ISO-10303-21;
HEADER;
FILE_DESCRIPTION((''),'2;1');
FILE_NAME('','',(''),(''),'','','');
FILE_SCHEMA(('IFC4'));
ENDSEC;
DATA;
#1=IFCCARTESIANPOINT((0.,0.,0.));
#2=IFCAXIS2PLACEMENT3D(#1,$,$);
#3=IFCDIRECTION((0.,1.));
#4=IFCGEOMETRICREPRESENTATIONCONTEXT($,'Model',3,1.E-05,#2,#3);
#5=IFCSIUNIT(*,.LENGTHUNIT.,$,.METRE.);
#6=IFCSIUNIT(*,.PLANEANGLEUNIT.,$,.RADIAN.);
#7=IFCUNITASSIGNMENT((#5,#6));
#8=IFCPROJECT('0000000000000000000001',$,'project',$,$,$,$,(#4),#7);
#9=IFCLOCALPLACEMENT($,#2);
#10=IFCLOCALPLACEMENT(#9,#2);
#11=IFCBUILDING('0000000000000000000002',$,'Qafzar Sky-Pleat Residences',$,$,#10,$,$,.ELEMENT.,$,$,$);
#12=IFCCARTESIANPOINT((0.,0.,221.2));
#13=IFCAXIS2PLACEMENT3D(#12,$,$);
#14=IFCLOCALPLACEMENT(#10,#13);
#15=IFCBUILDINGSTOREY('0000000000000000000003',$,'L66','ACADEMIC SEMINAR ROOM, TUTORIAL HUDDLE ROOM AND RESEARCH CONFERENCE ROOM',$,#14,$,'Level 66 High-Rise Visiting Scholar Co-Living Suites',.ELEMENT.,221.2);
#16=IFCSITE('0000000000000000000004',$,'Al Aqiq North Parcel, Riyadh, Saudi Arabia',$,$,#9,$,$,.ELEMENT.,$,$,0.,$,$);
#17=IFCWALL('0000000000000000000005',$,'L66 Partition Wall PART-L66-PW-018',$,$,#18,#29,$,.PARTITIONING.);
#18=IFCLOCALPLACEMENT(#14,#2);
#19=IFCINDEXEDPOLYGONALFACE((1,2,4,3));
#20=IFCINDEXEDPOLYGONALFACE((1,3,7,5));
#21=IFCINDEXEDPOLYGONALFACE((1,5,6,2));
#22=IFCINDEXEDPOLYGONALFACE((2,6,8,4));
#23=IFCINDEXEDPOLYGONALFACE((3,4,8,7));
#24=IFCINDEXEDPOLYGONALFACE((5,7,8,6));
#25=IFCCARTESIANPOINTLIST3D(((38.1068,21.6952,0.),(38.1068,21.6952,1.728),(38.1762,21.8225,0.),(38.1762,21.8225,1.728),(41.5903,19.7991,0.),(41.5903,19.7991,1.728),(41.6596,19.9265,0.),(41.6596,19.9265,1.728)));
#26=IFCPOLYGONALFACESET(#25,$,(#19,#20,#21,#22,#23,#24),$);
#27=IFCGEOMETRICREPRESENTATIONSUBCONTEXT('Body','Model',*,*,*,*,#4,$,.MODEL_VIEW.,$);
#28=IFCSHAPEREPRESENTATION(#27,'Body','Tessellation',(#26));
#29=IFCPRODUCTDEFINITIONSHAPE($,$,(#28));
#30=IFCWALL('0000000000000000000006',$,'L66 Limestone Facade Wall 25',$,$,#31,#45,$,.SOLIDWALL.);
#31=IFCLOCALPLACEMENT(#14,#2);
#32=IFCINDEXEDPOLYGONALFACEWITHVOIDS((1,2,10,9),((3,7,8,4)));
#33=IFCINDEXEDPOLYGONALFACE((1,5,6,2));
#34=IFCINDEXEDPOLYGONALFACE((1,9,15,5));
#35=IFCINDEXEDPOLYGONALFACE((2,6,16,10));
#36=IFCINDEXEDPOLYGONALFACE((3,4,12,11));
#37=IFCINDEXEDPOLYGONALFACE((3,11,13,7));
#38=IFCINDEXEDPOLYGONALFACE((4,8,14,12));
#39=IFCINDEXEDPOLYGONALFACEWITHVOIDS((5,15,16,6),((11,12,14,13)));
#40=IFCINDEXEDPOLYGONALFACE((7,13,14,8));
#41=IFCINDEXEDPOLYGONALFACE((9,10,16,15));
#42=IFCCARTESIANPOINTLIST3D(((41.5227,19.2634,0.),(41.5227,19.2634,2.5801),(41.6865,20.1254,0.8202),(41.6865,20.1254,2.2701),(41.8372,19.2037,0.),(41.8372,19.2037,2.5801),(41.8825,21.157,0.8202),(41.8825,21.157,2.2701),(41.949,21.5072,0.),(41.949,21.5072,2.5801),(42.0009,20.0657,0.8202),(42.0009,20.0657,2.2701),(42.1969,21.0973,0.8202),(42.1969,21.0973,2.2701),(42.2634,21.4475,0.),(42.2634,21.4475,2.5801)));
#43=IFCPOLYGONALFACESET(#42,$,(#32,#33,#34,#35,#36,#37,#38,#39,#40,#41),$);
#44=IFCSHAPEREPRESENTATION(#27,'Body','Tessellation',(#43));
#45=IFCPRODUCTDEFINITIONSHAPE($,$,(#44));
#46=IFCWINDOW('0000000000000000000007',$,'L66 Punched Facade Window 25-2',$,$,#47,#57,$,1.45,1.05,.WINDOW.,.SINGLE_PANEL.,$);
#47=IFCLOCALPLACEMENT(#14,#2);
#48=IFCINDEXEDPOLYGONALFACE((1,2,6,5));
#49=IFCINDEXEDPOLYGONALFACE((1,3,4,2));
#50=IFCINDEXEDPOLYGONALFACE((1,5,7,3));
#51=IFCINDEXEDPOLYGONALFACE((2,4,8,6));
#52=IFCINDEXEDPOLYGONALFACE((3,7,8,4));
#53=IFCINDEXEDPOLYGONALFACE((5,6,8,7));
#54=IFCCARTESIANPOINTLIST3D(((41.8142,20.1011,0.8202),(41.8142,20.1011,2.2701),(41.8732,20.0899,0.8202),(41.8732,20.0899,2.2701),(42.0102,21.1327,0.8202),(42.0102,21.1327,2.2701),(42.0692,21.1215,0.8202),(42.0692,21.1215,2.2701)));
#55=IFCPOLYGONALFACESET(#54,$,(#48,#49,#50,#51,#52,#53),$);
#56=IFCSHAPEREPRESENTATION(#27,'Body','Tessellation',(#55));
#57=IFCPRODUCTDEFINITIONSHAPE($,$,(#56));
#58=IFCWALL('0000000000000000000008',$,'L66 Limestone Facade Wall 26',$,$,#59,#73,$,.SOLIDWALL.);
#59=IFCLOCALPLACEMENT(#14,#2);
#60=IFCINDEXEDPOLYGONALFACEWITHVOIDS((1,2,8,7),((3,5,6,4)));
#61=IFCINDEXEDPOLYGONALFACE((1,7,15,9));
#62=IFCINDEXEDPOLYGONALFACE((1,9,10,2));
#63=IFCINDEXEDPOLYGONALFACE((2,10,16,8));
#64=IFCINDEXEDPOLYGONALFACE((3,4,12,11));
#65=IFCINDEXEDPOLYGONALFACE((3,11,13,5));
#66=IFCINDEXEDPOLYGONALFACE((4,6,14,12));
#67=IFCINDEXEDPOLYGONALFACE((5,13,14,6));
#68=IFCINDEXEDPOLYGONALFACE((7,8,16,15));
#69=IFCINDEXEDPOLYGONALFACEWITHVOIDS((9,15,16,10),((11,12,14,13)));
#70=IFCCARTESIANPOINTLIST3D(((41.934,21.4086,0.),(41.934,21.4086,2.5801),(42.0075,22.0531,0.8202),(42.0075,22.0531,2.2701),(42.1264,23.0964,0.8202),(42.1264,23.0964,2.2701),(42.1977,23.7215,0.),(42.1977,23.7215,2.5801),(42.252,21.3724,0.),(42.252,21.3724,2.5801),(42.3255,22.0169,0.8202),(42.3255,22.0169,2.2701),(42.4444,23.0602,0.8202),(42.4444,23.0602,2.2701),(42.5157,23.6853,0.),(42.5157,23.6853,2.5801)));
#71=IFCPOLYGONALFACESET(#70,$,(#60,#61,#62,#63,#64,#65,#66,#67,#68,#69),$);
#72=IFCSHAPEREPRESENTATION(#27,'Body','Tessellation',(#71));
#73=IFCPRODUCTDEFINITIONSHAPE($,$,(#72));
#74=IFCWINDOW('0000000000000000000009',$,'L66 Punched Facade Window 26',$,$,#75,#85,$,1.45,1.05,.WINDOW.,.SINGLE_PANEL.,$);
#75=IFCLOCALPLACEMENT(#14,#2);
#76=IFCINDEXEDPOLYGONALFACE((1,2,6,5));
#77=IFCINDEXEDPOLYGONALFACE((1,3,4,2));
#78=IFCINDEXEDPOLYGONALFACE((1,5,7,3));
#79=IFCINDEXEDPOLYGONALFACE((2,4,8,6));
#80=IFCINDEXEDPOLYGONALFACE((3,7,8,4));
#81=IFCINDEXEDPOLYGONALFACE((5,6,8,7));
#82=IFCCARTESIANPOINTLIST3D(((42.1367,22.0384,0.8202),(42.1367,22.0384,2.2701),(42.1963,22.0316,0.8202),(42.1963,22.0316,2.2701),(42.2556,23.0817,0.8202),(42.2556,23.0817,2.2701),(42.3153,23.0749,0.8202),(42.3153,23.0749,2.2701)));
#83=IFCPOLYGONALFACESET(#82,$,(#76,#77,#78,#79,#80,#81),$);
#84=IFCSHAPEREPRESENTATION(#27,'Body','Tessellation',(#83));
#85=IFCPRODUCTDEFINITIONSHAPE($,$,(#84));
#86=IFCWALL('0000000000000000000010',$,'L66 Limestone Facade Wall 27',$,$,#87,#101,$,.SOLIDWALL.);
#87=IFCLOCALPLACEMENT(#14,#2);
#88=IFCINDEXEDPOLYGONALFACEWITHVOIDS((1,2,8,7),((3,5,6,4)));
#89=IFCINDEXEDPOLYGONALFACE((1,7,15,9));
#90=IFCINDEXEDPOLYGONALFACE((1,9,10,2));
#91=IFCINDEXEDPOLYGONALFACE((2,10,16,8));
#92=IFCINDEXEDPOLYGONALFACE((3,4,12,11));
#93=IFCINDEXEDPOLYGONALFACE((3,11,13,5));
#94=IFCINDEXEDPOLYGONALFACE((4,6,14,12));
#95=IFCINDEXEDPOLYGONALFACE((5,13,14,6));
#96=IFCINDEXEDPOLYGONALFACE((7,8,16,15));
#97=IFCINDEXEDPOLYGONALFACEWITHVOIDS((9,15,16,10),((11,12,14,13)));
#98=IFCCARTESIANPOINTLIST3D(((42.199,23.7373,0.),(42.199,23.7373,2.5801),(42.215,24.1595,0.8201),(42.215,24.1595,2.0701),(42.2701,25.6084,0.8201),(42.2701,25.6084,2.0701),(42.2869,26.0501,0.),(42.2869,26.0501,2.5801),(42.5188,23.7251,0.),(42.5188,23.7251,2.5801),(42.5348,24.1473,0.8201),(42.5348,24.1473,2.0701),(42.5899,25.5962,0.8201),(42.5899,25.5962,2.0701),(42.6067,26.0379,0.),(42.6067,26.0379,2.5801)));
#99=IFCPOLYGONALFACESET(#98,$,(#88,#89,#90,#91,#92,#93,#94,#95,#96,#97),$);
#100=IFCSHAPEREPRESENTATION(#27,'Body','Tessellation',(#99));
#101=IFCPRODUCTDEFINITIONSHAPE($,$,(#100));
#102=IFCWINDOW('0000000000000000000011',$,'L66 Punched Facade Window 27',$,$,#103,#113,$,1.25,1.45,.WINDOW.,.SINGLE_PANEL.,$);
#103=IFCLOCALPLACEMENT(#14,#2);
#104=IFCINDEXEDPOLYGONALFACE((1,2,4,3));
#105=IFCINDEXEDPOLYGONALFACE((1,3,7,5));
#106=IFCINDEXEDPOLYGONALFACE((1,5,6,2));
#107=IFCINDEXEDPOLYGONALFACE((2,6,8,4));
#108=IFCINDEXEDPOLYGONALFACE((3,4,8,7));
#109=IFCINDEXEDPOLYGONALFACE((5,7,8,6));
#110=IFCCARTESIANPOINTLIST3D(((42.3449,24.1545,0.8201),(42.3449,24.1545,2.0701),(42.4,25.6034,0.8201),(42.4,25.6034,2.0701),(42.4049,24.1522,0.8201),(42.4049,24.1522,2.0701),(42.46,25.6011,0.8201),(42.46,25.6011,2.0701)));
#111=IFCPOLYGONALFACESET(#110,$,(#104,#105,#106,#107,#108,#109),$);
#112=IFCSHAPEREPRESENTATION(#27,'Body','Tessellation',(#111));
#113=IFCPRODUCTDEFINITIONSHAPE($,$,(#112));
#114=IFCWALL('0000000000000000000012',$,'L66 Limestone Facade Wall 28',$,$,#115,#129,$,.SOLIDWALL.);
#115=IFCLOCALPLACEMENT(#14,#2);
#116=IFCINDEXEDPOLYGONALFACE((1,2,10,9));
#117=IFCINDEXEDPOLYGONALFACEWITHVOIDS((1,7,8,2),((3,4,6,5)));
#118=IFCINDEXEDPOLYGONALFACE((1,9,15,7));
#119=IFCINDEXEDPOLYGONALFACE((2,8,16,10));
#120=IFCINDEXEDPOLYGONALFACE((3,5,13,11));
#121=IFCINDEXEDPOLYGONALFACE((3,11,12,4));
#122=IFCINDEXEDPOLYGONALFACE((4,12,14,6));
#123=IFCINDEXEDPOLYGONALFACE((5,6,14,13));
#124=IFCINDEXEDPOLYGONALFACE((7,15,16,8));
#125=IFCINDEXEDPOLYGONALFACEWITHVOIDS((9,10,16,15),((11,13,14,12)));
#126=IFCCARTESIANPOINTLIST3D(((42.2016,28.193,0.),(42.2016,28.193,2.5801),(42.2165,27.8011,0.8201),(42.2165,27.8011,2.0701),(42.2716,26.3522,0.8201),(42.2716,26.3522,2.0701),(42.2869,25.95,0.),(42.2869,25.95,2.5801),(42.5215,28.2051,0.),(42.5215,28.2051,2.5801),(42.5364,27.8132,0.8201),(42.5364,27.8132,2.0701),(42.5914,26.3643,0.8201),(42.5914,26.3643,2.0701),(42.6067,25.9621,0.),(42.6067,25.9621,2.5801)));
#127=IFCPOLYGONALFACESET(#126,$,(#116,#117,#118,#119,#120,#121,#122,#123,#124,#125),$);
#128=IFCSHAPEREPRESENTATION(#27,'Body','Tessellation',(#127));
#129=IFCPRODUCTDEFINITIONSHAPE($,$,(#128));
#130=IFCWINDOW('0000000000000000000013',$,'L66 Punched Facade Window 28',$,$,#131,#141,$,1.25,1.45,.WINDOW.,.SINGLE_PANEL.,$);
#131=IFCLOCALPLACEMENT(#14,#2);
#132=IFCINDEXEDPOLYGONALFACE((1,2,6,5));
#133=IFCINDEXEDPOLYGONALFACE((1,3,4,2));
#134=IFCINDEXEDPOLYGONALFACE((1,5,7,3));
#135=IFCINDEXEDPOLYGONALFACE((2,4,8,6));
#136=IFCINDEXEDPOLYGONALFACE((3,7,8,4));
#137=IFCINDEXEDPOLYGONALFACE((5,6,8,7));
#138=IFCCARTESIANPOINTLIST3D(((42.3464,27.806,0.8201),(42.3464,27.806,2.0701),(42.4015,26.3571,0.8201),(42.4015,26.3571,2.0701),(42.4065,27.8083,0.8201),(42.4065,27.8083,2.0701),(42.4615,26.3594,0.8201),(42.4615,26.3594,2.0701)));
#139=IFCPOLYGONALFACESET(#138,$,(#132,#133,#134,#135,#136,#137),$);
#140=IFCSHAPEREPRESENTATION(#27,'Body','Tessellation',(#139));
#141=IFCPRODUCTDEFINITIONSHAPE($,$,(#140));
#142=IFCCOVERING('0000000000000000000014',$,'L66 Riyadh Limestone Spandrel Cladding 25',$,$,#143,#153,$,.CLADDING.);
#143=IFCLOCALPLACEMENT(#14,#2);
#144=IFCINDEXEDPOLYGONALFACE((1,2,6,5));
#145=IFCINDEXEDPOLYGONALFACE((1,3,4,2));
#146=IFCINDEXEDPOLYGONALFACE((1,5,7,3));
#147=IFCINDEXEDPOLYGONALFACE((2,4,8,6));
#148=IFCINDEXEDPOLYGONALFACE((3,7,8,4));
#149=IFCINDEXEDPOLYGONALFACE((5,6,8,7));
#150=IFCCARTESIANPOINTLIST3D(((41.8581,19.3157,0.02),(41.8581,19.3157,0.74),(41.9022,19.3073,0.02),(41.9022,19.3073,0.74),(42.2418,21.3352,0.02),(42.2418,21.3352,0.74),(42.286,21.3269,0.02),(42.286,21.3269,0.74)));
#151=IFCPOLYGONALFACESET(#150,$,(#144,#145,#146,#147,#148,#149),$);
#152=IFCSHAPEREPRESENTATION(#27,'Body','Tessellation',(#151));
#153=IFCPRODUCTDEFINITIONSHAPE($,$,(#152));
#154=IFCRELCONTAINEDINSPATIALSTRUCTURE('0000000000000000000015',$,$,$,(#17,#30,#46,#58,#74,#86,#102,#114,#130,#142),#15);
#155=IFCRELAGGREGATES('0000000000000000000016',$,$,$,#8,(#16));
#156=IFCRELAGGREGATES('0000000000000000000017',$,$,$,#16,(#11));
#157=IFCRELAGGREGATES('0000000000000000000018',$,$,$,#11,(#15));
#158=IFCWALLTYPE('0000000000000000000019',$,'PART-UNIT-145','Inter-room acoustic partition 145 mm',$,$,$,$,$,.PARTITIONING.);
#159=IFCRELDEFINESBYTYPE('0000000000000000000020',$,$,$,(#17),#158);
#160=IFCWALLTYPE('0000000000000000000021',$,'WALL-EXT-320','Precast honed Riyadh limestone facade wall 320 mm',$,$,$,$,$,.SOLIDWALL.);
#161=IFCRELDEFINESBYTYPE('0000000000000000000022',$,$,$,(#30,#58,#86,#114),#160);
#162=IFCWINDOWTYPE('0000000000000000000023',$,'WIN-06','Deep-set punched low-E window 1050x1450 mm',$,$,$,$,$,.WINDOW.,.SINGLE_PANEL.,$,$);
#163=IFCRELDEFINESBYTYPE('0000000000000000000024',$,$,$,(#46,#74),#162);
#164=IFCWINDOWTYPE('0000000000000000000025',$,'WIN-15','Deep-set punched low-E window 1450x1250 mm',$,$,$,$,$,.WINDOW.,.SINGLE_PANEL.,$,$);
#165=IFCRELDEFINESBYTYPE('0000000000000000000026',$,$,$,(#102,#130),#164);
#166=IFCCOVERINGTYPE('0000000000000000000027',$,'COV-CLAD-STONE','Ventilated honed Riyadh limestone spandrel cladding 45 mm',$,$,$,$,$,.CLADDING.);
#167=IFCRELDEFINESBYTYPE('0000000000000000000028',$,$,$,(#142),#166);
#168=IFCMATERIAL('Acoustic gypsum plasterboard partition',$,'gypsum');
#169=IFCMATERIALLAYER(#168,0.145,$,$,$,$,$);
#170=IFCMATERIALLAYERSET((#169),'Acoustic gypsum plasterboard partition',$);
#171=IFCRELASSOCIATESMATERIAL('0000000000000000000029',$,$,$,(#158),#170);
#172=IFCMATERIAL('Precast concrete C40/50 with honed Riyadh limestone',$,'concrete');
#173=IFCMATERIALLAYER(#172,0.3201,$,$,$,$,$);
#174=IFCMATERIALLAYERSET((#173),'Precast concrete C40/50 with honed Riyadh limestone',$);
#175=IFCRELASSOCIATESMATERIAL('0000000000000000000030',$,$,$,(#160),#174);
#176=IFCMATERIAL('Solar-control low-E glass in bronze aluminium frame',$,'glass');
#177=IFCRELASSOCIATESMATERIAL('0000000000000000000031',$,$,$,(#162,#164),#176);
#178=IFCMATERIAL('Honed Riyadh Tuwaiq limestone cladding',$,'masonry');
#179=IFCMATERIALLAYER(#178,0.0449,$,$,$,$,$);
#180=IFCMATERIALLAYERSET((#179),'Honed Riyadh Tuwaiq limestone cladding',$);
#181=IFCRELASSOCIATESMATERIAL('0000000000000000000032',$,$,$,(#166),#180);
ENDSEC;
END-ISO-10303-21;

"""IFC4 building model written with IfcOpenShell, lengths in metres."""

from ifc_helpers import new_model, si_unit, direction, frame, frame_2d, origin, origin_2d, place, context, subcontext, project, spatial, rectangle, extrude, source, transform, mapped, material, layer, layer_set, type_object, element, fill, save


model = new_model("IFC4")

# Units and contexts
model_context = context("Model", 3, precision=1e-05, world=origin(), true_north=direction((0.0, 1.0)))
body_context = subcontext(model_context, "Body", "Model", "MODEL_VIEW")
ifc_project = project(units=[si_unit("LENGTHUNIT", "METRE"), si_unit("PLANEANGLEUNIT", "RADIAN")], contexts=[model_context])

# Site, building, storey
site_placement = place(None, origin())
site = spatial("IfcSite", under=ifc_project, at=site_placement, Name="Al Aqiq North Parcel, Riyadh, Saudi Arabia", CompositionType="ELEMENT", RefElevation=0.0)
building_placement = place(site_placement, origin())
building = spatial("IfcBuilding", under=site, at=building_placement, Name="Qafzar Sky-Pleat Residences", CompositionType="ELEMENT")
storey_placement = place(building_placement, frame((0.0, 0.0, 221.2)))
storey = spatial("IfcBuildingStorey", under=building, at=storey_placement, Name="L66", Description="ACADEMIC SEMINAR ROOM, TUTORIAL HUDDLE ROOM AND RESEARCH CONFERENCE ROOM", LongName="Level 66 High-Rise Visiting Scholar Co-Living Suites", CompositionType="ELEMENT", Elevation=221.2)

# Shared definitions
ifc_material_1 = material(Name="Acoustic gypsum plasterboard partition", Category="gypsum")

# Wall
ifc_layer_1 = layer(ifc_material_1, 0.145)
ifc_layer_set_1 = layer_set([ifc_layer_1], Name="Acoustic gypsum plasterboard partition")
wall_type_1 = type_object("IfcWallType", Name="PART-UNIT-145", Description="Inter-room acoustic partition 145 mm", PredefinedType="PARTITIONING", material=ifc_layer_set_1)
wall_1_placement = place(storey_placement, frame((38.1416, 21.7588, 0.0), z_axis=(0.0, 0.0, 1.0), x_axis=(0.878323, -0.478067, 0.0)))
element("IfcWall", 1, at=wall_1_placement, inside=storey, type_object=wall_type_1, Name="L66 Partition Wall PART-L66-PW-018", PredefinedType="PARTITIONING", context=body_context, shape_type="SweptSolid", body=[
    extrude(rectangle(XDim=3.9661, YDim=0.145, at=frame_2d((1.9829, 0.0))), origin(), (0.0, 0.0, 1.0), 1.728),
])

# Walls, openings, windows
ifc_material_2 = material(Name="Precast concrete C40/50 with honed Riyadh limestone", Category="concrete")
ifc_layer_2 = layer(ifc_material_2, 0.3201)
ifc_layer_set_2 = layer_set([ifc_layer_2], Name="Precast concrete C40/50 with honed Riyadh limestone")
wall_type_2 = type_object("IfcWallType", Name="WALL-EXT-320", Description="Precast honed Riyadh limestone facade wall 320 mm", PredefinedType="SOLIDWALL", material=ifc_layer_set_2)
wall_2_placement = place(storey_placement, frame((41.6799, 19.2334, 0.0), z_axis=(0.0, 0.0, 1.0), x_axis=(0.186631, 0.98243, 0.0)))
wall_2 = element("IfcWall", 2, at=wall_2_placement, inside=storey, type_object=wall_type_2, Name="L66 Limestone Facade Wall 25", PredefinedType="SOLIDWALL", context=body_context, shape_type="SweptSolid", body=[
    extrude(rectangle(XDim=2.2839, YDim=0.3201, at=frame_2d((1.1421, 0.0))), origin(), (0.0, 0.0, 1.0), 2.5801),
])
opening_1_placement = place(wall_2_placement, frame((0.8777, 0.0, 0.8201)))
opening_1 = element("IfcOpeningElement", 3, at=opening_1_placement, cuts=wall_2, PredefinedType="OPENING", context=body_context, shape_type="SweptSolid", body=[
    extrude(rectangle(XDim=1.05, YDim=1.45, at=frame_2d((0.5249, 0.7251))), frame((0.0, 0.1699, 0.0), z_axis=(0.0, -1.0, 0.0), x_axis=(1.0, 0.0, 0.0)), (0.0, 0.0, 1.0), 0.3401),
])
ifc_material_3 = material(Name="Solar-control low-E glass in bronze aluminium frame", Category="glass")
window_type_1 = type_object("IfcWindowType", Name="WIN-06", Description="Deep-set punched low-E window 1050x1450 mm", PartitioningType="SINGLE_PANEL", PredefinedType="WINDOW", material=ifc_material_3)
shared_shape_1 = source(origin(), body_context, "Body", "SweptSolid", [
    extrude(rectangle(XDim=1.05, YDim=1.45, at=frame_2d((0.5249, 0.7251))), frame((0.0, 0.03, 0.0), z_axis=(0.0, -1.0, 0.0), x_axis=(1.0, 0.0, 0.0)), (0.0, 0.0, 1.0), 0.0601),
])
window_1_placement = place(opening_1_placement, origin())
window_1 = element("IfcWindow", 4, at=window_1_placement, inside=storey, type_object=window_type_1, Name="L66 Punched Facade Window 25-2", OverallHeight=1.45, OverallWidth=1.05, PartitioningType="SINGLE_PANEL", PredefinedType="WINDOW", context=body_context, shape_type="MappedRepresentation", body=[
    mapped(shared_shape_1, transform((0.0, 0.0, 0.0), x_axis=(1.0, 0.0, 0.0), y_axis=(0.0, 1.0, 0.0), z_axis=(0.0, 0.0, 1.0), scale=1.0)),
])
fill(opening_1, window_1)
wall_3_placement = place(storey_placement, frame((42.093, 21.3904, 0.0), z_axis=(0.0, 0.0, 1.0), x_axis=(0.113263, 0.993565, 0.0)))
wall_3 = element("IfcWall", 5, at=wall_3_placement, inside=storey, type_object=wall_type_2, Name="L66 Limestone Facade Wall 26", PredefinedType="SOLIDWALL", context=body_context, shape_type="SweptSolid", body=[
    extrude(rectangle(XDim=2.3279, YDim=0.3201, at=frame_2d((1.1641, 0.0))), origin(), (0.0, 0.0, 1.0), 2.5801),
])
opening_2_placement = place(wall_3_placement, frame((0.6489, 0.0, 0.8201)))
opening_2 = element("IfcOpeningElement", 6, at=opening_2_placement, cuts=wall_3, PredefinedType="OPENING", context=body_context, shape_type="SweptSolid", body=[
    extrude(rectangle(XDim=1.05, YDim=1.45, at=frame_2d((0.5249, 0.7251))), frame((0.0, 0.1699, 0.0), z_axis=(0.0, -1.0, 0.0), x_axis=(1.0, 0.0, 0.0)), (0.0, 0.0, 1.0), 0.3401),
])
window_2_placement = place(opening_2_placement, origin())
window_2 = element("IfcWindow", 7, at=window_2_placement, inside=storey, type_object=window_type_1, Name="L66 Punched Facade Window 26", OverallHeight=1.45, OverallWidth=1.05, PartitioningType="SINGLE_PANEL", PredefinedType="WINDOW", context=body_context, shape_type="MappedRepresentation", body=[
    mapped(shared_shape_1, transform((0.0, 0.0, 0.0), x_axis=(1.0, 0.0, 0.0), y_axis=(0.0, 1.0, 0.0), z_axis=(0.0, 0.0, 1.0), scale=1.0)),
])
fill(opening_2, window_2)
wall_4_placement = place(storey_placement, frame((42.3589, 23.7312, 0.0), z_axis=(0.0, 0.0, 1.0), x_axis=(0.037975, 0.999279, 0.0)))
wall_4 = element("IfcWall", 8, at=wall_4_placement, inside=storey, type_object=wall_type_2, Name="L66 Limestone Facade Wall 27", PredefinedType="SOLIDWALL", context=body_context, shape_type="SweptSolid", body=[
    extrude(rectangle(XDim=2.3145, YDim=0.3201, at=frame_2d((1.1572, 0.0))), origin(), (0.0, 0.0, 1.0), 2.5801),
])
opening_3_placement = place(wall_4_placement, frame((0.4224, 0.0, 0.8201)))
opening_3 = element("IfcOpeningElement", 9, at=opening_3_placement, cuts=wall_4, PredefinedType="OPENING", context=body_context, shape_type="SweptSolid", body=[
    extrude(rectangle(XDim=1.45, YDim=1.25, at=frame_2d((0.7251, 0.625))), frame((0.0, 0.1699, 0.0), z_axis=(0.0, -1.0, 0.0), x_axis=(1.0, 0.0, 0.0)), (0.0, 0.0, 1.0), 0.3401),
])
window_type_2 = type_object("IfcWindowType", Name="WIN-15", Description="Deep-set punched low-E window 1450x1250 mm", PartitioningType="SINGLE_PANEL", PredefinedType="WINDOW", material=ifc_material_3)
shared_shape_2 = source(origin(), body_context, "Body", "SweptSolid", [
    extrude(rectangle(XDim=1.45, YDim=1.25, at=frame_2d((0.7251, 0.625))), frame((0.0, 0.03, 0.0), z_axis=(0.0, -1.0, 0.0), x_axis=(1.0, 0.0, 0.0)), (0.0, 0.0, 1.0), 0.0601),
])
window_3_placement = place(opening_3_placement, origin())
window_3 = element("IfcWindow", 10, at=window_3_placement, inside=storey, type_object=window_type_2, Name="L66 Punched Facade Window 27", OverallHeight=1.25, OverallWidth=1.45, PartitioningType="SINGLE_PANEL", PredefinedType="WINDOW", context=body_context, shape_type="MappedRepresentation", body=[
    mapped(shared_shape_2, transform((0.0, 0.0, 0.0), x_axis=(1.0, 0.0, 0.0), y_axis=(0.0, 1.0, 0.0), z_axis=(0.0, 0.0, 1.0), scale=1.0)),
])
fill(opening_3, window_3)
wall_5_placement = place(storey_placement, frame((42.4468, 25.9561, 0.0), z_axis=(0.0, 0.0, 1.0), x_axis=(-0.037961, 0.999279, 0.0)))
wall_5 = element("IfcWall", 11, at=wall_5_placement, inside=storey, type_object=wall_type_2, Name="L66 Limestone Facade Wall 28", PredefinedType="SOLIDWALL", context=body_context, shape_type="SweptSolid", body=[
    extrude(rectangle(XDim=2.2446, YDim=0.3201, at=frame_2d((1.1223, 0.0))), origin(), (0.0, 0.0, 1.0), 2.5801),
])
opening_4_placement = place(wall_5_placement, frame((0.4023, 0.0, 0.8201)))
opening_4 = element("IfcOpeningElement", 12, at=opening_4_placement, cuts=wall_5, PredefinedType="OPENING", context=body_context, shape_type="SweptSolid", body=[
    extrude(rectangle(XDim=1.45, YDim=1.25, at=frame_2d((0.7251, 0.625))), frame((0.0, 0.1699, 0.0), z_axis=(0.0, -1.0, 0.0), x_axis=(1.0, 0.0, 0.0)), (0.0, 0.0, 1.0), 0.3401),
])
window_4_placement = place(opening_4_placement, origin())
window_4 = element("IfcWindow", 13, at=window_4_placement, inside=storey, type_object=window_type_2, Name="L66 Punched Facade Window 28", OverallHeight=1.25, OverallWidth=1.45, PartitioningType="SINGLE_PANEL", PredefinedType="WINDOW", context=body_context, shape_type="MappedRepresentation", body=[
    mapped(shared_shape_2, transform((0.0, 0.0, 0.0), x_axis=(1.0, 0.0, 0.0), y_axis=(0.0, 1.0, 0.0), z_axis=(0.0, 0.0, 1.0), scale=1.0)),
])
fill(opening_4, window_4)

# Covering
ifc_material_4 = material(Name="Honed Riyadh Tuwaiq limestone cladding", Category="masonry")
ifc_layer_3 = layer(ifc_material_4, 0.0449)
ifc_layer_set_3 = layer_set([ifc_layer_3], Name="Honed Riyadh Tuwaiq limestone cladding")
covering_type = type_object("IfcCoveringType", Name="COV-CLAD-STONE", Description="Ventilated honed Riyadh limestone spandrel cladding 45 mm", PredefinedType="CLADDING", material=ifc_layer_set_3)
shared_shape_3 = source(origin(), body_context, "Body", "SweptSolid", [
    extrude(rectangle(XDim=2.0557, YDim=0.0449, at=origin_2d()), origin(), (0.0, 0.0, 1.0), 0.72),
])
covering_placement = place(storey_placement, frame((42.072, 20.3213, 0.02), z_axis=(0.0, 0.0, 1.0), x_axis=(0.186686, 0.98242, 0.0)))
element("IfcCovering", 14, at=covering_placement, inside=storey, type_object=covering_type, Name="L66 Riyadh Limestone Spandrel Cladding 25", PredefinedType="CLADDING", context=body_context, shape_type="MappedRepresentation", body=[
    mapped(shared_shape_3, transform((0.0, 0.0, 0.0), x_axis=(1.0, 0.0, 0.0), y_axis=(0.0, 1.0, 0.0), z_axis=(0.0, 0.0, 1.0), scale=1.0)),
])

save(model, "model.ifc")
